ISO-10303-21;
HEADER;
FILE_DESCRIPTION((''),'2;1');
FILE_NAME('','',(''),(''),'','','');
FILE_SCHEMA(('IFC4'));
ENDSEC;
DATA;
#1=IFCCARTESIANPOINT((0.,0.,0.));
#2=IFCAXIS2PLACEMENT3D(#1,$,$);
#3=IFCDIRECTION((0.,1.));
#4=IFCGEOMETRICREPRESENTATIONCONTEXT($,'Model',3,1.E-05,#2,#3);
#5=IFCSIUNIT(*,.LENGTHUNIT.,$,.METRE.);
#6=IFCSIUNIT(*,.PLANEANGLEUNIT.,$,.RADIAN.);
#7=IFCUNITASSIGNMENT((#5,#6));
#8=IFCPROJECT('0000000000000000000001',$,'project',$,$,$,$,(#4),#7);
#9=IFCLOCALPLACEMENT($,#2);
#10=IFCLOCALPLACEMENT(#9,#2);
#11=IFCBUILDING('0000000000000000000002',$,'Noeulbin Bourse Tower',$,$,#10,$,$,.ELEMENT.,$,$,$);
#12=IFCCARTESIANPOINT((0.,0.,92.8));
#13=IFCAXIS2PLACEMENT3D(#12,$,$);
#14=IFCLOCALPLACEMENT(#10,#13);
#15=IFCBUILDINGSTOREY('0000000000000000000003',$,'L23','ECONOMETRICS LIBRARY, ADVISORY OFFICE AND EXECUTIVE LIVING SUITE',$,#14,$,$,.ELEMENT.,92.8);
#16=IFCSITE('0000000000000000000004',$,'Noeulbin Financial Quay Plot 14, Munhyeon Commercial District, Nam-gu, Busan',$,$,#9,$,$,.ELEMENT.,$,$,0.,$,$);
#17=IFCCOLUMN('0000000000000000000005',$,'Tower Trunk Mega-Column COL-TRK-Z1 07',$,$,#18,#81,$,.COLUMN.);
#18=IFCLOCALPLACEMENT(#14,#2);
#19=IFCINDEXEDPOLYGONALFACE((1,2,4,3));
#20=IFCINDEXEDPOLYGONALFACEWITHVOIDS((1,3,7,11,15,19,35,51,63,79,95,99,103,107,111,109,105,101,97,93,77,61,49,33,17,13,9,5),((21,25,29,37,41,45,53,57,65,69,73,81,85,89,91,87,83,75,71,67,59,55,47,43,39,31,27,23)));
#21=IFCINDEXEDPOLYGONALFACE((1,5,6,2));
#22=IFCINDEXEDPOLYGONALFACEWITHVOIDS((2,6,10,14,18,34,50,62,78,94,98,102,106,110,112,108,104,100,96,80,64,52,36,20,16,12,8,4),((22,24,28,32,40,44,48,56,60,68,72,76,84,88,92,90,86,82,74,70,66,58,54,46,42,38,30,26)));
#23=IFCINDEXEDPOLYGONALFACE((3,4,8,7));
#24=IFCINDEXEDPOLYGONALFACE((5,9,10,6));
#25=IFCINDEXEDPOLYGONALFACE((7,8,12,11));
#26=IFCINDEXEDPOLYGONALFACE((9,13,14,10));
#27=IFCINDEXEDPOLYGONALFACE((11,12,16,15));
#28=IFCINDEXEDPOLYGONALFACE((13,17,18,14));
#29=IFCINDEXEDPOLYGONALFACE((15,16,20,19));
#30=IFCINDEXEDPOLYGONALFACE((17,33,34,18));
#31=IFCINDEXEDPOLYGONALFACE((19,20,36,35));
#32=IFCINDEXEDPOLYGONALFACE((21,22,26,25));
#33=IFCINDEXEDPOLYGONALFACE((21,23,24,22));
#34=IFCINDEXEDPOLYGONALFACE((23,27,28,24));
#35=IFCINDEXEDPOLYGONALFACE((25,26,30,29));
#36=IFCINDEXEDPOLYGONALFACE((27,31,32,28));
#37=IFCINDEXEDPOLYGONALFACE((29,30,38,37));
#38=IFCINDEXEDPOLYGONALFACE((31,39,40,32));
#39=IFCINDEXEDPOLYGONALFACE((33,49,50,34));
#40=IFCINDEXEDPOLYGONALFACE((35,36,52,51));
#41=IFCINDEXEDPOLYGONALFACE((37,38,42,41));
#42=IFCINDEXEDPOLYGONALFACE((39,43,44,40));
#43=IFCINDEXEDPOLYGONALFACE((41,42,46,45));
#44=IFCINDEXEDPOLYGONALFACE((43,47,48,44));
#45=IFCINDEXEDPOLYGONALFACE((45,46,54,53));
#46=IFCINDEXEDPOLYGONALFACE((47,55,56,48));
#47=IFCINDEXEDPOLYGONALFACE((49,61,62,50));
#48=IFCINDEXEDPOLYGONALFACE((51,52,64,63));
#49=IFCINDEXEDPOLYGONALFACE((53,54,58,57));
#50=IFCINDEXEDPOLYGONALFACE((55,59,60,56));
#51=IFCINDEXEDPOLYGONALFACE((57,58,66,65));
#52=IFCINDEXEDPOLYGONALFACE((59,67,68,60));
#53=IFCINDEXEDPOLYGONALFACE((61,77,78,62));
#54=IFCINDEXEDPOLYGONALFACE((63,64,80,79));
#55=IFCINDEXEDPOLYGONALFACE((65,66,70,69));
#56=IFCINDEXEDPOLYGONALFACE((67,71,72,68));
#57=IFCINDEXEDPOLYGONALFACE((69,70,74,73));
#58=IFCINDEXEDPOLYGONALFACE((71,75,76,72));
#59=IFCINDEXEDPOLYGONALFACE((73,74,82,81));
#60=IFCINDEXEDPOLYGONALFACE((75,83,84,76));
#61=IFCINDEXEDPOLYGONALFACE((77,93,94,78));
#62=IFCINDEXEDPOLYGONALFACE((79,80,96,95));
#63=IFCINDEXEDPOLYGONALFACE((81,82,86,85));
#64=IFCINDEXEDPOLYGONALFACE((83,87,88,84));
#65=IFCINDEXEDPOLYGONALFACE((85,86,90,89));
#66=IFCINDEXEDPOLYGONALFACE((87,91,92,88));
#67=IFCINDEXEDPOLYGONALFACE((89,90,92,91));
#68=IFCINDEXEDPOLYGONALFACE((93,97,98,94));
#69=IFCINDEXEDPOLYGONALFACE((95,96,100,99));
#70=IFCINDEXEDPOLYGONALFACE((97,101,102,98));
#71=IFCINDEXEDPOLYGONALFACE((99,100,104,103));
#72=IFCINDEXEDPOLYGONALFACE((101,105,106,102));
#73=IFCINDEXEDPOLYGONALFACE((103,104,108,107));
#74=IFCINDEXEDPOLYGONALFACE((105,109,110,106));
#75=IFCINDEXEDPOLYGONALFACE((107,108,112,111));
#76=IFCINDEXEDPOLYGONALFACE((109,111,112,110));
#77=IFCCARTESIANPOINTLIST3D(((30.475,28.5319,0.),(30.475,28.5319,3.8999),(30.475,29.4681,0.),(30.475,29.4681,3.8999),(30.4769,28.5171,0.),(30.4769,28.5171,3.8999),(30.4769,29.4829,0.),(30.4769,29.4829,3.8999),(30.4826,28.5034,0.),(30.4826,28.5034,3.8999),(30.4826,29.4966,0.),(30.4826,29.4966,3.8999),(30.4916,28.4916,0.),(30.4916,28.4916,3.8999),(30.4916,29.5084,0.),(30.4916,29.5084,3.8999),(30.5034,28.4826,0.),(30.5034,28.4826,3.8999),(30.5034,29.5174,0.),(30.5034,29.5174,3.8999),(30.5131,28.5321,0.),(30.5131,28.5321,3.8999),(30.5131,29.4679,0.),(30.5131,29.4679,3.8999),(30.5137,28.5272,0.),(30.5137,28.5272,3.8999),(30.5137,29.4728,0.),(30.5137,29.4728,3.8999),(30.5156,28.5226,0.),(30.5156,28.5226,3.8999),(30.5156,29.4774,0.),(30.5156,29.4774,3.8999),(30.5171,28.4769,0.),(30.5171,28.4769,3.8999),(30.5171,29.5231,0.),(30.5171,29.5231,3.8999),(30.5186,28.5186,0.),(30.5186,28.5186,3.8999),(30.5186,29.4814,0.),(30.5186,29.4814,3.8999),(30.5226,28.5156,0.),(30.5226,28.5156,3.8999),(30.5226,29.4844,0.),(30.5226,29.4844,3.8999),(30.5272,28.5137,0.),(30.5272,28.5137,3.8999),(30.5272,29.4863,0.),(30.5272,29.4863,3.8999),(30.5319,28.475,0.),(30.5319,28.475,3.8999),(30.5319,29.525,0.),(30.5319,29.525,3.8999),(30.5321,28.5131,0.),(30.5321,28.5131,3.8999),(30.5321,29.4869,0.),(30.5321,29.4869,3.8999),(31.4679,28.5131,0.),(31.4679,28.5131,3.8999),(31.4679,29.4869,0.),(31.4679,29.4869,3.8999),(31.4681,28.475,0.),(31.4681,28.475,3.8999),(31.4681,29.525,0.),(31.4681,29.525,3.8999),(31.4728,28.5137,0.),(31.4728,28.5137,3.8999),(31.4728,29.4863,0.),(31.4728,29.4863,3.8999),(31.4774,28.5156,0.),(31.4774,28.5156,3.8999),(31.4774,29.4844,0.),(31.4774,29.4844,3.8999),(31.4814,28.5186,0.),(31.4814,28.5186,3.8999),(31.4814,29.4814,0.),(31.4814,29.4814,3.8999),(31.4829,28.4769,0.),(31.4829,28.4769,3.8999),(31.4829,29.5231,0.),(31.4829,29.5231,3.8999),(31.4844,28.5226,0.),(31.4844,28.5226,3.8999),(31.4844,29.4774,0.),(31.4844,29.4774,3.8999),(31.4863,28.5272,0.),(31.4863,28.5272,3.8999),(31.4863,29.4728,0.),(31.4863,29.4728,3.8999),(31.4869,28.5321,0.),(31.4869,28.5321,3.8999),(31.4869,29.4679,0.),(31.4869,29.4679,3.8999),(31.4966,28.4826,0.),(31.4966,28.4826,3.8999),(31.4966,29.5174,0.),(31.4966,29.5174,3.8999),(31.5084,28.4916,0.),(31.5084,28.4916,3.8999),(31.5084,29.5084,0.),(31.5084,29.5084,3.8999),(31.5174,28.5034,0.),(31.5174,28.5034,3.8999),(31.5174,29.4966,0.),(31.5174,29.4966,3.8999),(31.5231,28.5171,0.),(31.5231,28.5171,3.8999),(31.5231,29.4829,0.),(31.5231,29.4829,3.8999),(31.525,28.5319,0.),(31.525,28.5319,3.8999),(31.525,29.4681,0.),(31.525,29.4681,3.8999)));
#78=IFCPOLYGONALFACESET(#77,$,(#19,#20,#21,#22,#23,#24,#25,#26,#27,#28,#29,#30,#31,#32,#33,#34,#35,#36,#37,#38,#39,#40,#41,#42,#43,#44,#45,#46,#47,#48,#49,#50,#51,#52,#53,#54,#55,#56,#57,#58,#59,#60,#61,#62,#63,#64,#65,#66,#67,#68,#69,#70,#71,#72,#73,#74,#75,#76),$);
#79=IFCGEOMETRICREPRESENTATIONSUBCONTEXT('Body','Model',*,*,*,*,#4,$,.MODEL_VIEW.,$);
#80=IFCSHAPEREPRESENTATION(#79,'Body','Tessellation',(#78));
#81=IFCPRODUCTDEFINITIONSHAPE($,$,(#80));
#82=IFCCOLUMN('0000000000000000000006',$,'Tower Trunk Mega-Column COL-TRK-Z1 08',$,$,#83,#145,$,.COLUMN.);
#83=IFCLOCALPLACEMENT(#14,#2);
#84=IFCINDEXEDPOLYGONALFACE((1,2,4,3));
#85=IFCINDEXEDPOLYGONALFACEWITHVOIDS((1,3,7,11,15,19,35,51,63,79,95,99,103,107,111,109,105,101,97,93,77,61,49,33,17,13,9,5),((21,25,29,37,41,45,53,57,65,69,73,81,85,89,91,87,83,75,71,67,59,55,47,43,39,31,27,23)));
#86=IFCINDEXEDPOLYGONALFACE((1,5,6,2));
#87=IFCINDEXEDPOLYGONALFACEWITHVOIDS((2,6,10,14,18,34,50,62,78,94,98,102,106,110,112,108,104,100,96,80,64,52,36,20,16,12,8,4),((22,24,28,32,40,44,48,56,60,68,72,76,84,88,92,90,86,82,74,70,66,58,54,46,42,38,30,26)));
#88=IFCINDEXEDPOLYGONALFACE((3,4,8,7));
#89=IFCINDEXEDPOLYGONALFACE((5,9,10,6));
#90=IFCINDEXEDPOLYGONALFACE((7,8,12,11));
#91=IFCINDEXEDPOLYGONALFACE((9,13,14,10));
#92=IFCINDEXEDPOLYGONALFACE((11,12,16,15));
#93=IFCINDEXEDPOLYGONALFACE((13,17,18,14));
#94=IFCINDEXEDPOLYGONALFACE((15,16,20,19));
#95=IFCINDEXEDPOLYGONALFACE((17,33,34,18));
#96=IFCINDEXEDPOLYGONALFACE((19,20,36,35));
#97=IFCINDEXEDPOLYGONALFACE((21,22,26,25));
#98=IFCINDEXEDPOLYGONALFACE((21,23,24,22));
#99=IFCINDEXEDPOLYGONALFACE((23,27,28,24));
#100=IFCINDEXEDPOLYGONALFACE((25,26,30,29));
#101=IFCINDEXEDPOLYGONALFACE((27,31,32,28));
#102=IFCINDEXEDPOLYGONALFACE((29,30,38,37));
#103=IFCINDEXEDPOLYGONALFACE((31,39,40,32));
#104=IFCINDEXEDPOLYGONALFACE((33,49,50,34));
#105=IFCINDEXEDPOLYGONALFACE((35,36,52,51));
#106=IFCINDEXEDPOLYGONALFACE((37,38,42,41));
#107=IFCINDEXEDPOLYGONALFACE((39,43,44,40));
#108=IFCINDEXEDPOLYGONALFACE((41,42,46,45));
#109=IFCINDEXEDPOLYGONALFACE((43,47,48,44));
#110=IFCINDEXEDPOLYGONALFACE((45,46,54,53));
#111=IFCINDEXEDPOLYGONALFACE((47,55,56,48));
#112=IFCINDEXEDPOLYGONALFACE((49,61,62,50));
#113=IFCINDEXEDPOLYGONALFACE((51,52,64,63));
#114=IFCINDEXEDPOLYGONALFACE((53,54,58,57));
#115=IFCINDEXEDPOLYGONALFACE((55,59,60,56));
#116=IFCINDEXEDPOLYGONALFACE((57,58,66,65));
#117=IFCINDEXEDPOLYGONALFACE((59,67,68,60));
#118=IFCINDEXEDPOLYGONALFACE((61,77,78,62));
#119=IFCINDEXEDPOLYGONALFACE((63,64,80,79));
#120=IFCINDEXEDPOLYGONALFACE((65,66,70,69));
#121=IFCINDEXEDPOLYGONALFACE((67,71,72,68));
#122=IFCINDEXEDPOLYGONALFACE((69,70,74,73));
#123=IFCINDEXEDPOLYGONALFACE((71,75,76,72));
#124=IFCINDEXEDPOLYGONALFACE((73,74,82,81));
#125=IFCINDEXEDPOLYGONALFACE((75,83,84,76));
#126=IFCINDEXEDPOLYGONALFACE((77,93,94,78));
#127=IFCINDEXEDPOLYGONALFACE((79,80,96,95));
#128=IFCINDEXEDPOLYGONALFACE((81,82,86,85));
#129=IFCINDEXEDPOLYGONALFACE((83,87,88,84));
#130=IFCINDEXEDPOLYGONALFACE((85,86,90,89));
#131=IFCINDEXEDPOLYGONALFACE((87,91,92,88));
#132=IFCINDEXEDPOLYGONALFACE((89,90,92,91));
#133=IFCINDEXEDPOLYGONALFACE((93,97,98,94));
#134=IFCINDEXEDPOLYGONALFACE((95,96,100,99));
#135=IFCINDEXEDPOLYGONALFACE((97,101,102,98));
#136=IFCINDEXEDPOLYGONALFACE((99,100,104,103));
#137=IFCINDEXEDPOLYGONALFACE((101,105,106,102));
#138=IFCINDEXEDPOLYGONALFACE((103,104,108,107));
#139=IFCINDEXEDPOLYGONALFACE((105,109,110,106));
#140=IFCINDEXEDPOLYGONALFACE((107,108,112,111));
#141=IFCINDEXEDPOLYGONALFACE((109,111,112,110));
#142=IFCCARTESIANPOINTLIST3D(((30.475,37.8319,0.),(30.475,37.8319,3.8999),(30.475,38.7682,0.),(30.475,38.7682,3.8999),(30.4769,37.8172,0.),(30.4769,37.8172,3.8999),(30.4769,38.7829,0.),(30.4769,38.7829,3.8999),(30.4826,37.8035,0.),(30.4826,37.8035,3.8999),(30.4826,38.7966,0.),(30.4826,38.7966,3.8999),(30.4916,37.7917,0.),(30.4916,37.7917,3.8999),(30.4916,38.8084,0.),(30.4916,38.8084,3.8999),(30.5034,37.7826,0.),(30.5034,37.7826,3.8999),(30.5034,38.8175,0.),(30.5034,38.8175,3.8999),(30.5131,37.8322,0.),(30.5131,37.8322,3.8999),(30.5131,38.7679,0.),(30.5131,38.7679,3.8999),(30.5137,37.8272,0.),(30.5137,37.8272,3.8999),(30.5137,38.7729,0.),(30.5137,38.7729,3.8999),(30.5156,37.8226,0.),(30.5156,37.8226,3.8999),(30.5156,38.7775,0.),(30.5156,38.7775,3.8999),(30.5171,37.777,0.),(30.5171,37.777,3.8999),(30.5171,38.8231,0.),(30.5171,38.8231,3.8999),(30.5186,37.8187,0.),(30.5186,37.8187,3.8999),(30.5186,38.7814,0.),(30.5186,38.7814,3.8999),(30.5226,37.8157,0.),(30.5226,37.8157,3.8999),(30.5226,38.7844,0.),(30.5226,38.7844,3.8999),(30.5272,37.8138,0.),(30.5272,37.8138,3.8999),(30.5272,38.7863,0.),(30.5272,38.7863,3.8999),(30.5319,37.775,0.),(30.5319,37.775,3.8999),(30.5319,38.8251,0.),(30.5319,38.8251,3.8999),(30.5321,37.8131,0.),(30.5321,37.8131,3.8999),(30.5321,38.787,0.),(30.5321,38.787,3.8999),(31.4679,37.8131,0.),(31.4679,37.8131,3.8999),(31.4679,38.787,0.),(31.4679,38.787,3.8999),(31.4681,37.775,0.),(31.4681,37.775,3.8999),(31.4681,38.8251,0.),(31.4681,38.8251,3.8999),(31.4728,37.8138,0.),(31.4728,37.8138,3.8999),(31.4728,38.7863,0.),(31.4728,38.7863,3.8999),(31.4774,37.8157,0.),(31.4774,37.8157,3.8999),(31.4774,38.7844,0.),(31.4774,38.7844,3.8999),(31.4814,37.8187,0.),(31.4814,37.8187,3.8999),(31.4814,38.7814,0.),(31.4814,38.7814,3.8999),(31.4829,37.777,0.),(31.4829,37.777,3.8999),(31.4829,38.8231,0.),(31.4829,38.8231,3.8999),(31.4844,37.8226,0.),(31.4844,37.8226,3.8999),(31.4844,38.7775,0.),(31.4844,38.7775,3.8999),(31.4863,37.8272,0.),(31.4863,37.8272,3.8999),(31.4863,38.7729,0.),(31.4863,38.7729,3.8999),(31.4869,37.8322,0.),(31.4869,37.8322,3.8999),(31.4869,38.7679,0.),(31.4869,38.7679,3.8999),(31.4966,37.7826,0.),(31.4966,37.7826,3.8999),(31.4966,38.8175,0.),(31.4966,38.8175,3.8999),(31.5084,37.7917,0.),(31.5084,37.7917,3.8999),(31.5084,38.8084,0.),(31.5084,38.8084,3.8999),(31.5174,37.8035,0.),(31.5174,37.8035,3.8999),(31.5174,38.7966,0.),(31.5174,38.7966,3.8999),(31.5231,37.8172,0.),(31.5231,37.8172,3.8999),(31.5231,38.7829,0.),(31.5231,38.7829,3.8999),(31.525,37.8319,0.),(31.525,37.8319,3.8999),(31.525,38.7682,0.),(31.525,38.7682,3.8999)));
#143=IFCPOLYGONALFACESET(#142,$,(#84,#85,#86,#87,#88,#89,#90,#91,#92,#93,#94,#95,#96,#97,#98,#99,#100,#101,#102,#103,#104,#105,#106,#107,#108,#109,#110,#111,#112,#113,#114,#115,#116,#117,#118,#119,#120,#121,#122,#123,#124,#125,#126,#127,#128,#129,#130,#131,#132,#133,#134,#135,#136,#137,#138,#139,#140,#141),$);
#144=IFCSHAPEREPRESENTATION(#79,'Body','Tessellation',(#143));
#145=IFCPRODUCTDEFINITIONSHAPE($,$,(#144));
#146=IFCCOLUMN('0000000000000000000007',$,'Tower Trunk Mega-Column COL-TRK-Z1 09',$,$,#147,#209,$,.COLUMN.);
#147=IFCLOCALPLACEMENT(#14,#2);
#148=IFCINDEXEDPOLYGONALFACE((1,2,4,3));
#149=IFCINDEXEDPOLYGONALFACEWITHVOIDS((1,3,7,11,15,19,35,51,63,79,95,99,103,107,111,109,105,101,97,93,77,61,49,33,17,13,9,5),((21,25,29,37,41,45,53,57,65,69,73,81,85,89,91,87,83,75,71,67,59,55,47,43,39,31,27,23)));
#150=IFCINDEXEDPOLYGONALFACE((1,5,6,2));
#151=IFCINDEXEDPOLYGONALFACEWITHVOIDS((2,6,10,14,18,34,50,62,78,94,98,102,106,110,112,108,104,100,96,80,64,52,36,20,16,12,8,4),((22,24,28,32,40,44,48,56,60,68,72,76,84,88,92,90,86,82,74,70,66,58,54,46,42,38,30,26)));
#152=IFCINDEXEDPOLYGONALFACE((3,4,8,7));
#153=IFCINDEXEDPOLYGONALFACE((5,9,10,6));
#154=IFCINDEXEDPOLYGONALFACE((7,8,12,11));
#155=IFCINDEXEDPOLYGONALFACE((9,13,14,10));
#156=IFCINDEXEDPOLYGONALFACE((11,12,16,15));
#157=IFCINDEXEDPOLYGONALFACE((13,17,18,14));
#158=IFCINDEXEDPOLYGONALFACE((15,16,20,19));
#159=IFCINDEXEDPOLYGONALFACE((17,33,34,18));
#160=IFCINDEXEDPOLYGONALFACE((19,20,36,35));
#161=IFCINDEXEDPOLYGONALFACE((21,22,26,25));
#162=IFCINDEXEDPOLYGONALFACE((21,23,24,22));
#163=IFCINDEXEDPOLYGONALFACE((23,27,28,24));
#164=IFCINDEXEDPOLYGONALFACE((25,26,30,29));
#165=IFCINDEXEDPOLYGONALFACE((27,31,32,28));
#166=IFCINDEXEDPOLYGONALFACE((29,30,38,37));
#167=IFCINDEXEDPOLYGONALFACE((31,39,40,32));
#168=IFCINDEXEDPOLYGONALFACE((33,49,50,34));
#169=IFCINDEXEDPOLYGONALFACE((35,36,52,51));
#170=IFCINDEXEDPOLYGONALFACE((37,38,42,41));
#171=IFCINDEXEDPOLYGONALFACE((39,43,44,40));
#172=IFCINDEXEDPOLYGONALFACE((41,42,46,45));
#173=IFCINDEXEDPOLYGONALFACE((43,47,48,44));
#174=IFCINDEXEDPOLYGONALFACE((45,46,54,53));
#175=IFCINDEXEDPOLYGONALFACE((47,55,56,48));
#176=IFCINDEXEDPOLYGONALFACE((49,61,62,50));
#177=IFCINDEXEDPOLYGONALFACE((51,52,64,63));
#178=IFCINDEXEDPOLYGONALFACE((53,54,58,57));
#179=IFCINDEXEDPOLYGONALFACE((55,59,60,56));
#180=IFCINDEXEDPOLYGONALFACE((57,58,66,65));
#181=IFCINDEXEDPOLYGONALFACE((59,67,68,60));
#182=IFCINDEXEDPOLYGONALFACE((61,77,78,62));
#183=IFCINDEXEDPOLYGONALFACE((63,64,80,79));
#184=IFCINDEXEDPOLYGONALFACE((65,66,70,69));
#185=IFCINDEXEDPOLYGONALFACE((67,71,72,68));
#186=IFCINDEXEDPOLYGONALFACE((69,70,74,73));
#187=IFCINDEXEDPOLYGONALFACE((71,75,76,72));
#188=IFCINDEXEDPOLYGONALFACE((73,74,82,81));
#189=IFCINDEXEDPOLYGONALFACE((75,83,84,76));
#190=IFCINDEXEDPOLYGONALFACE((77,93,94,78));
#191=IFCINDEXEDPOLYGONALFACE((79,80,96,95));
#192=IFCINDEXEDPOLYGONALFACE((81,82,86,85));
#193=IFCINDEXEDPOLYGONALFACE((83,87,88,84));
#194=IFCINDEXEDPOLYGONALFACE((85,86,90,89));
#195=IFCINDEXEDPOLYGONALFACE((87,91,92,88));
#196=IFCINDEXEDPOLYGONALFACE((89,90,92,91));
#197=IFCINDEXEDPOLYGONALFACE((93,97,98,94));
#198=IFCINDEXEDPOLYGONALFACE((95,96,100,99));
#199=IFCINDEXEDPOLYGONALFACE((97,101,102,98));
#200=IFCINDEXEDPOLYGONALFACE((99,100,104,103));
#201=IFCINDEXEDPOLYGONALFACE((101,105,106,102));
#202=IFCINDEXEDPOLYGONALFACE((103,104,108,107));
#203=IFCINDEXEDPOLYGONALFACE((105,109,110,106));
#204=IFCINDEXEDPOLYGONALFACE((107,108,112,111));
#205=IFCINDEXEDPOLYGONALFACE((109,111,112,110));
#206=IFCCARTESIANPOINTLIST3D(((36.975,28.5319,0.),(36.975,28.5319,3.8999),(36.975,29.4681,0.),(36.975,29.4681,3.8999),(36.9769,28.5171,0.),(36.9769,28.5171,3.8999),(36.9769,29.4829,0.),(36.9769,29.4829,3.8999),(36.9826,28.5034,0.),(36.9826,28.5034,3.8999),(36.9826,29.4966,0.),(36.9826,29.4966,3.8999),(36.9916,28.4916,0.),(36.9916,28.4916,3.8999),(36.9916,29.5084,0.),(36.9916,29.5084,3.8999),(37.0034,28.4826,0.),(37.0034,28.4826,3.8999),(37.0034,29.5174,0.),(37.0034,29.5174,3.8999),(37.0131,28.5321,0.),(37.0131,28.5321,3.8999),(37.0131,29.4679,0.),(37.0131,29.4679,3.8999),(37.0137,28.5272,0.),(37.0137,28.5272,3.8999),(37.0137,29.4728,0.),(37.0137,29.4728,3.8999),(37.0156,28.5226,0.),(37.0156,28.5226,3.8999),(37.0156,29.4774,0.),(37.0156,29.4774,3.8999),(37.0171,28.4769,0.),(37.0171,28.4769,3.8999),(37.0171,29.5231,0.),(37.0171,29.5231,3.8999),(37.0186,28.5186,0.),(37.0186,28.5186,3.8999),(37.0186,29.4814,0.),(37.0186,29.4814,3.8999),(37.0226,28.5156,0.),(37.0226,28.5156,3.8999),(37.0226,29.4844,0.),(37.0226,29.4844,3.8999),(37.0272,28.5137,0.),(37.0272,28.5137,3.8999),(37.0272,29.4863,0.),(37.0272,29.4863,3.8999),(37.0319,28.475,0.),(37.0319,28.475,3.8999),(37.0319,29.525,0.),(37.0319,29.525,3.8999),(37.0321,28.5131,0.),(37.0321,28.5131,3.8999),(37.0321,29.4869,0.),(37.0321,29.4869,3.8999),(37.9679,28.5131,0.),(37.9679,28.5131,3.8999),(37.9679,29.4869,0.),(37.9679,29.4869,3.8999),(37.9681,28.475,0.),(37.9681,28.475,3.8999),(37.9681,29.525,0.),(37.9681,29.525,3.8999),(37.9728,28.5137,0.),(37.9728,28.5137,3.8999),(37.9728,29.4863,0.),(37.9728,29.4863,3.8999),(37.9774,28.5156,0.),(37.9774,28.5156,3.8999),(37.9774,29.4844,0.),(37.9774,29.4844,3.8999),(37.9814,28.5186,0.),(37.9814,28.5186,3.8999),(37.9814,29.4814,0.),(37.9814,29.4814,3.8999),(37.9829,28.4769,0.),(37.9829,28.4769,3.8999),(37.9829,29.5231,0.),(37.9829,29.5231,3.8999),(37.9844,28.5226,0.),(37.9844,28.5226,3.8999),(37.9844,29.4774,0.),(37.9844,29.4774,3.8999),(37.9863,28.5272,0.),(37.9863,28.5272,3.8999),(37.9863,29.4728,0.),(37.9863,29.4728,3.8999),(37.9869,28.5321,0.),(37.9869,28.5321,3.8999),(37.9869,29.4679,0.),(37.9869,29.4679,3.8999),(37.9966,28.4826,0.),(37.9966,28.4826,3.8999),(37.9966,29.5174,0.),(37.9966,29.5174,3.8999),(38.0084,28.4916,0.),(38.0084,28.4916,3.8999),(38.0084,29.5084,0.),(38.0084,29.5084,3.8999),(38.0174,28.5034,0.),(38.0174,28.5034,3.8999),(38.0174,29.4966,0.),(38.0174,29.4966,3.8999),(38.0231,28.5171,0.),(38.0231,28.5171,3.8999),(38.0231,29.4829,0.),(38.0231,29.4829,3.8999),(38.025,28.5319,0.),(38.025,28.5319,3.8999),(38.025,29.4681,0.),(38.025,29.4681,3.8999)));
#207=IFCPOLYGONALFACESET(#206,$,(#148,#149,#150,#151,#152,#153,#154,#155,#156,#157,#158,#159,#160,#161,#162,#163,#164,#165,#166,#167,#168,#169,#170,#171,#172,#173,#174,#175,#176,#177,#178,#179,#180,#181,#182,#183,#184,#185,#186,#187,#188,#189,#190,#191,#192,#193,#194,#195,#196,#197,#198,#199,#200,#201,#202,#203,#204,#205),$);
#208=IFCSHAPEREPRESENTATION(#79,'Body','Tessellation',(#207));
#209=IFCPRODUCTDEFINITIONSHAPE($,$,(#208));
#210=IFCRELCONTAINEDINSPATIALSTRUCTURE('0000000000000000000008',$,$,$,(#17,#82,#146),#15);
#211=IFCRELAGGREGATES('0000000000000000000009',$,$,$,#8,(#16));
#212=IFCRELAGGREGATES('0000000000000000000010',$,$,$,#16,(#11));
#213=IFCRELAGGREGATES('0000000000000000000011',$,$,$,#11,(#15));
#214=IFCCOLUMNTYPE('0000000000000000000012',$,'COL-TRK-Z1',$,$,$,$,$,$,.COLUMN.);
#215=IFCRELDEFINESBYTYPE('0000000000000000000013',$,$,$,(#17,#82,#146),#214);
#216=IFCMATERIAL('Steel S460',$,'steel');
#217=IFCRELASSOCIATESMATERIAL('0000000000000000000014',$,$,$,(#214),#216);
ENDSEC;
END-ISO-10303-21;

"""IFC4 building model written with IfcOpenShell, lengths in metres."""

from ifc_helpers import new_model, si_unit, direction, frame, origin, origin_2d, place, context, subcontext, project, spatial, hollow_rectangle, extrude, material, material_profile, profile_set, type_object, element, save


model = new_model("IFC4")

# Units and contexts
model_context = context("Model", 3, precision=1e-05, world=origin(), true_north=direction((0.0, 1.0)))
body_context = subcontext(model_context, "Body", "Model", "MODEL_VIEW")
ifc_project = project(units=[si_unit("LENGTHUNIT", "METRE"), si_unit("PLANEANGLEUNIT", "RADIAN")], contexts=[model_context])

# Site, building, storey
site_placement = place(None, origin())
site = spatial("IfcSite", under=ifc_project, at=site_placement, Name="Noeulbin Financial Quay Plot 14, Munhyeon Commercial District, Nam-gu, Busan", CompositionType="ELEMENT", RefElevation=0.0)
building_placement = place(site_placement, origin())
building = spatial("IfcBuilding", under=site, at=building_placement, Name="Noeulbin Bourse Tower", CompositionType="ELEMENT")
storey_placement = place(building_placement, frame((0.0, 0.0, 92.8)))
storey = spatial("IfcBuildingStorey", under=building, at=storey_placement, Name="L23", Description="ECONOMETRICS LIBRARY, ADVISORY OFFICE AND EXECUTIVE LIVING SUITE", CompositionType="ELEMENT", Elevation=92.8)

# Columns
ifc_material_1 = material(Name="Steel S460", Category="steel")
ifc_material_profile_1 = material_profile(ifc_material_1, hollow_rectangle(XDim=1.05, YDim=1.05, WallThickness=0.0381, InnerFilletRadius=0.019, OuterFilletRadius=0.0569, at=origin_2d()), Name="BOX-1050x1050x38", Category="LoadBearing")
ifc_profile_set_1 = profile_set([ifc_material_profile_1], Name="Steel S460")
column_type = type_object("IfcColumnType", Name="COL-TRK-Z1", PredefinedType="COLUMN", material=ifc_profile_set_1)
for number, where, z_axis, x_axis, name in (
    (1, (31.0, 29.0, 0.0), (0.0, 0.0, 1.0), (1.0, 0.0, 0.0), "Tower Trunk Mega-Column COL-TRK-Z1 07"),
    (2, (31.0, 38.3, 0.0), (0.0, 0.0, 1.0), (1.0, 0.0, 0.0), "Tower Trunk Mega-Column COL-TRK-Z1 08"),
    (3, (37.5, 29.0, 0.0), (0.0, 0.0, 1.0), (1.0, 0.0, 0.0), "Tower Trunk Mega-Column COL-TRK-Z1 09"),
):
    element("IfcColumn", number, at=place(storey_placement, frame(where, z_axis=z_axis, x_axis=x_axis)), inside=storey, type_object=column_type, Name=name, PredefinedType="COLUMN", context=body_context, shape_type="SweptSolid", body=[
        extrude(hollow_rectangle(XDim=1.05, YDim=1.05, WallThickness=0.0381, InnerFilletRadius=0.019, OuterFilletRadius=0.0569, at=origin_2d()), origin(), (0.0, 0.0, 1.0), 3.8999),
    ])

save(model, "model.ifc")
